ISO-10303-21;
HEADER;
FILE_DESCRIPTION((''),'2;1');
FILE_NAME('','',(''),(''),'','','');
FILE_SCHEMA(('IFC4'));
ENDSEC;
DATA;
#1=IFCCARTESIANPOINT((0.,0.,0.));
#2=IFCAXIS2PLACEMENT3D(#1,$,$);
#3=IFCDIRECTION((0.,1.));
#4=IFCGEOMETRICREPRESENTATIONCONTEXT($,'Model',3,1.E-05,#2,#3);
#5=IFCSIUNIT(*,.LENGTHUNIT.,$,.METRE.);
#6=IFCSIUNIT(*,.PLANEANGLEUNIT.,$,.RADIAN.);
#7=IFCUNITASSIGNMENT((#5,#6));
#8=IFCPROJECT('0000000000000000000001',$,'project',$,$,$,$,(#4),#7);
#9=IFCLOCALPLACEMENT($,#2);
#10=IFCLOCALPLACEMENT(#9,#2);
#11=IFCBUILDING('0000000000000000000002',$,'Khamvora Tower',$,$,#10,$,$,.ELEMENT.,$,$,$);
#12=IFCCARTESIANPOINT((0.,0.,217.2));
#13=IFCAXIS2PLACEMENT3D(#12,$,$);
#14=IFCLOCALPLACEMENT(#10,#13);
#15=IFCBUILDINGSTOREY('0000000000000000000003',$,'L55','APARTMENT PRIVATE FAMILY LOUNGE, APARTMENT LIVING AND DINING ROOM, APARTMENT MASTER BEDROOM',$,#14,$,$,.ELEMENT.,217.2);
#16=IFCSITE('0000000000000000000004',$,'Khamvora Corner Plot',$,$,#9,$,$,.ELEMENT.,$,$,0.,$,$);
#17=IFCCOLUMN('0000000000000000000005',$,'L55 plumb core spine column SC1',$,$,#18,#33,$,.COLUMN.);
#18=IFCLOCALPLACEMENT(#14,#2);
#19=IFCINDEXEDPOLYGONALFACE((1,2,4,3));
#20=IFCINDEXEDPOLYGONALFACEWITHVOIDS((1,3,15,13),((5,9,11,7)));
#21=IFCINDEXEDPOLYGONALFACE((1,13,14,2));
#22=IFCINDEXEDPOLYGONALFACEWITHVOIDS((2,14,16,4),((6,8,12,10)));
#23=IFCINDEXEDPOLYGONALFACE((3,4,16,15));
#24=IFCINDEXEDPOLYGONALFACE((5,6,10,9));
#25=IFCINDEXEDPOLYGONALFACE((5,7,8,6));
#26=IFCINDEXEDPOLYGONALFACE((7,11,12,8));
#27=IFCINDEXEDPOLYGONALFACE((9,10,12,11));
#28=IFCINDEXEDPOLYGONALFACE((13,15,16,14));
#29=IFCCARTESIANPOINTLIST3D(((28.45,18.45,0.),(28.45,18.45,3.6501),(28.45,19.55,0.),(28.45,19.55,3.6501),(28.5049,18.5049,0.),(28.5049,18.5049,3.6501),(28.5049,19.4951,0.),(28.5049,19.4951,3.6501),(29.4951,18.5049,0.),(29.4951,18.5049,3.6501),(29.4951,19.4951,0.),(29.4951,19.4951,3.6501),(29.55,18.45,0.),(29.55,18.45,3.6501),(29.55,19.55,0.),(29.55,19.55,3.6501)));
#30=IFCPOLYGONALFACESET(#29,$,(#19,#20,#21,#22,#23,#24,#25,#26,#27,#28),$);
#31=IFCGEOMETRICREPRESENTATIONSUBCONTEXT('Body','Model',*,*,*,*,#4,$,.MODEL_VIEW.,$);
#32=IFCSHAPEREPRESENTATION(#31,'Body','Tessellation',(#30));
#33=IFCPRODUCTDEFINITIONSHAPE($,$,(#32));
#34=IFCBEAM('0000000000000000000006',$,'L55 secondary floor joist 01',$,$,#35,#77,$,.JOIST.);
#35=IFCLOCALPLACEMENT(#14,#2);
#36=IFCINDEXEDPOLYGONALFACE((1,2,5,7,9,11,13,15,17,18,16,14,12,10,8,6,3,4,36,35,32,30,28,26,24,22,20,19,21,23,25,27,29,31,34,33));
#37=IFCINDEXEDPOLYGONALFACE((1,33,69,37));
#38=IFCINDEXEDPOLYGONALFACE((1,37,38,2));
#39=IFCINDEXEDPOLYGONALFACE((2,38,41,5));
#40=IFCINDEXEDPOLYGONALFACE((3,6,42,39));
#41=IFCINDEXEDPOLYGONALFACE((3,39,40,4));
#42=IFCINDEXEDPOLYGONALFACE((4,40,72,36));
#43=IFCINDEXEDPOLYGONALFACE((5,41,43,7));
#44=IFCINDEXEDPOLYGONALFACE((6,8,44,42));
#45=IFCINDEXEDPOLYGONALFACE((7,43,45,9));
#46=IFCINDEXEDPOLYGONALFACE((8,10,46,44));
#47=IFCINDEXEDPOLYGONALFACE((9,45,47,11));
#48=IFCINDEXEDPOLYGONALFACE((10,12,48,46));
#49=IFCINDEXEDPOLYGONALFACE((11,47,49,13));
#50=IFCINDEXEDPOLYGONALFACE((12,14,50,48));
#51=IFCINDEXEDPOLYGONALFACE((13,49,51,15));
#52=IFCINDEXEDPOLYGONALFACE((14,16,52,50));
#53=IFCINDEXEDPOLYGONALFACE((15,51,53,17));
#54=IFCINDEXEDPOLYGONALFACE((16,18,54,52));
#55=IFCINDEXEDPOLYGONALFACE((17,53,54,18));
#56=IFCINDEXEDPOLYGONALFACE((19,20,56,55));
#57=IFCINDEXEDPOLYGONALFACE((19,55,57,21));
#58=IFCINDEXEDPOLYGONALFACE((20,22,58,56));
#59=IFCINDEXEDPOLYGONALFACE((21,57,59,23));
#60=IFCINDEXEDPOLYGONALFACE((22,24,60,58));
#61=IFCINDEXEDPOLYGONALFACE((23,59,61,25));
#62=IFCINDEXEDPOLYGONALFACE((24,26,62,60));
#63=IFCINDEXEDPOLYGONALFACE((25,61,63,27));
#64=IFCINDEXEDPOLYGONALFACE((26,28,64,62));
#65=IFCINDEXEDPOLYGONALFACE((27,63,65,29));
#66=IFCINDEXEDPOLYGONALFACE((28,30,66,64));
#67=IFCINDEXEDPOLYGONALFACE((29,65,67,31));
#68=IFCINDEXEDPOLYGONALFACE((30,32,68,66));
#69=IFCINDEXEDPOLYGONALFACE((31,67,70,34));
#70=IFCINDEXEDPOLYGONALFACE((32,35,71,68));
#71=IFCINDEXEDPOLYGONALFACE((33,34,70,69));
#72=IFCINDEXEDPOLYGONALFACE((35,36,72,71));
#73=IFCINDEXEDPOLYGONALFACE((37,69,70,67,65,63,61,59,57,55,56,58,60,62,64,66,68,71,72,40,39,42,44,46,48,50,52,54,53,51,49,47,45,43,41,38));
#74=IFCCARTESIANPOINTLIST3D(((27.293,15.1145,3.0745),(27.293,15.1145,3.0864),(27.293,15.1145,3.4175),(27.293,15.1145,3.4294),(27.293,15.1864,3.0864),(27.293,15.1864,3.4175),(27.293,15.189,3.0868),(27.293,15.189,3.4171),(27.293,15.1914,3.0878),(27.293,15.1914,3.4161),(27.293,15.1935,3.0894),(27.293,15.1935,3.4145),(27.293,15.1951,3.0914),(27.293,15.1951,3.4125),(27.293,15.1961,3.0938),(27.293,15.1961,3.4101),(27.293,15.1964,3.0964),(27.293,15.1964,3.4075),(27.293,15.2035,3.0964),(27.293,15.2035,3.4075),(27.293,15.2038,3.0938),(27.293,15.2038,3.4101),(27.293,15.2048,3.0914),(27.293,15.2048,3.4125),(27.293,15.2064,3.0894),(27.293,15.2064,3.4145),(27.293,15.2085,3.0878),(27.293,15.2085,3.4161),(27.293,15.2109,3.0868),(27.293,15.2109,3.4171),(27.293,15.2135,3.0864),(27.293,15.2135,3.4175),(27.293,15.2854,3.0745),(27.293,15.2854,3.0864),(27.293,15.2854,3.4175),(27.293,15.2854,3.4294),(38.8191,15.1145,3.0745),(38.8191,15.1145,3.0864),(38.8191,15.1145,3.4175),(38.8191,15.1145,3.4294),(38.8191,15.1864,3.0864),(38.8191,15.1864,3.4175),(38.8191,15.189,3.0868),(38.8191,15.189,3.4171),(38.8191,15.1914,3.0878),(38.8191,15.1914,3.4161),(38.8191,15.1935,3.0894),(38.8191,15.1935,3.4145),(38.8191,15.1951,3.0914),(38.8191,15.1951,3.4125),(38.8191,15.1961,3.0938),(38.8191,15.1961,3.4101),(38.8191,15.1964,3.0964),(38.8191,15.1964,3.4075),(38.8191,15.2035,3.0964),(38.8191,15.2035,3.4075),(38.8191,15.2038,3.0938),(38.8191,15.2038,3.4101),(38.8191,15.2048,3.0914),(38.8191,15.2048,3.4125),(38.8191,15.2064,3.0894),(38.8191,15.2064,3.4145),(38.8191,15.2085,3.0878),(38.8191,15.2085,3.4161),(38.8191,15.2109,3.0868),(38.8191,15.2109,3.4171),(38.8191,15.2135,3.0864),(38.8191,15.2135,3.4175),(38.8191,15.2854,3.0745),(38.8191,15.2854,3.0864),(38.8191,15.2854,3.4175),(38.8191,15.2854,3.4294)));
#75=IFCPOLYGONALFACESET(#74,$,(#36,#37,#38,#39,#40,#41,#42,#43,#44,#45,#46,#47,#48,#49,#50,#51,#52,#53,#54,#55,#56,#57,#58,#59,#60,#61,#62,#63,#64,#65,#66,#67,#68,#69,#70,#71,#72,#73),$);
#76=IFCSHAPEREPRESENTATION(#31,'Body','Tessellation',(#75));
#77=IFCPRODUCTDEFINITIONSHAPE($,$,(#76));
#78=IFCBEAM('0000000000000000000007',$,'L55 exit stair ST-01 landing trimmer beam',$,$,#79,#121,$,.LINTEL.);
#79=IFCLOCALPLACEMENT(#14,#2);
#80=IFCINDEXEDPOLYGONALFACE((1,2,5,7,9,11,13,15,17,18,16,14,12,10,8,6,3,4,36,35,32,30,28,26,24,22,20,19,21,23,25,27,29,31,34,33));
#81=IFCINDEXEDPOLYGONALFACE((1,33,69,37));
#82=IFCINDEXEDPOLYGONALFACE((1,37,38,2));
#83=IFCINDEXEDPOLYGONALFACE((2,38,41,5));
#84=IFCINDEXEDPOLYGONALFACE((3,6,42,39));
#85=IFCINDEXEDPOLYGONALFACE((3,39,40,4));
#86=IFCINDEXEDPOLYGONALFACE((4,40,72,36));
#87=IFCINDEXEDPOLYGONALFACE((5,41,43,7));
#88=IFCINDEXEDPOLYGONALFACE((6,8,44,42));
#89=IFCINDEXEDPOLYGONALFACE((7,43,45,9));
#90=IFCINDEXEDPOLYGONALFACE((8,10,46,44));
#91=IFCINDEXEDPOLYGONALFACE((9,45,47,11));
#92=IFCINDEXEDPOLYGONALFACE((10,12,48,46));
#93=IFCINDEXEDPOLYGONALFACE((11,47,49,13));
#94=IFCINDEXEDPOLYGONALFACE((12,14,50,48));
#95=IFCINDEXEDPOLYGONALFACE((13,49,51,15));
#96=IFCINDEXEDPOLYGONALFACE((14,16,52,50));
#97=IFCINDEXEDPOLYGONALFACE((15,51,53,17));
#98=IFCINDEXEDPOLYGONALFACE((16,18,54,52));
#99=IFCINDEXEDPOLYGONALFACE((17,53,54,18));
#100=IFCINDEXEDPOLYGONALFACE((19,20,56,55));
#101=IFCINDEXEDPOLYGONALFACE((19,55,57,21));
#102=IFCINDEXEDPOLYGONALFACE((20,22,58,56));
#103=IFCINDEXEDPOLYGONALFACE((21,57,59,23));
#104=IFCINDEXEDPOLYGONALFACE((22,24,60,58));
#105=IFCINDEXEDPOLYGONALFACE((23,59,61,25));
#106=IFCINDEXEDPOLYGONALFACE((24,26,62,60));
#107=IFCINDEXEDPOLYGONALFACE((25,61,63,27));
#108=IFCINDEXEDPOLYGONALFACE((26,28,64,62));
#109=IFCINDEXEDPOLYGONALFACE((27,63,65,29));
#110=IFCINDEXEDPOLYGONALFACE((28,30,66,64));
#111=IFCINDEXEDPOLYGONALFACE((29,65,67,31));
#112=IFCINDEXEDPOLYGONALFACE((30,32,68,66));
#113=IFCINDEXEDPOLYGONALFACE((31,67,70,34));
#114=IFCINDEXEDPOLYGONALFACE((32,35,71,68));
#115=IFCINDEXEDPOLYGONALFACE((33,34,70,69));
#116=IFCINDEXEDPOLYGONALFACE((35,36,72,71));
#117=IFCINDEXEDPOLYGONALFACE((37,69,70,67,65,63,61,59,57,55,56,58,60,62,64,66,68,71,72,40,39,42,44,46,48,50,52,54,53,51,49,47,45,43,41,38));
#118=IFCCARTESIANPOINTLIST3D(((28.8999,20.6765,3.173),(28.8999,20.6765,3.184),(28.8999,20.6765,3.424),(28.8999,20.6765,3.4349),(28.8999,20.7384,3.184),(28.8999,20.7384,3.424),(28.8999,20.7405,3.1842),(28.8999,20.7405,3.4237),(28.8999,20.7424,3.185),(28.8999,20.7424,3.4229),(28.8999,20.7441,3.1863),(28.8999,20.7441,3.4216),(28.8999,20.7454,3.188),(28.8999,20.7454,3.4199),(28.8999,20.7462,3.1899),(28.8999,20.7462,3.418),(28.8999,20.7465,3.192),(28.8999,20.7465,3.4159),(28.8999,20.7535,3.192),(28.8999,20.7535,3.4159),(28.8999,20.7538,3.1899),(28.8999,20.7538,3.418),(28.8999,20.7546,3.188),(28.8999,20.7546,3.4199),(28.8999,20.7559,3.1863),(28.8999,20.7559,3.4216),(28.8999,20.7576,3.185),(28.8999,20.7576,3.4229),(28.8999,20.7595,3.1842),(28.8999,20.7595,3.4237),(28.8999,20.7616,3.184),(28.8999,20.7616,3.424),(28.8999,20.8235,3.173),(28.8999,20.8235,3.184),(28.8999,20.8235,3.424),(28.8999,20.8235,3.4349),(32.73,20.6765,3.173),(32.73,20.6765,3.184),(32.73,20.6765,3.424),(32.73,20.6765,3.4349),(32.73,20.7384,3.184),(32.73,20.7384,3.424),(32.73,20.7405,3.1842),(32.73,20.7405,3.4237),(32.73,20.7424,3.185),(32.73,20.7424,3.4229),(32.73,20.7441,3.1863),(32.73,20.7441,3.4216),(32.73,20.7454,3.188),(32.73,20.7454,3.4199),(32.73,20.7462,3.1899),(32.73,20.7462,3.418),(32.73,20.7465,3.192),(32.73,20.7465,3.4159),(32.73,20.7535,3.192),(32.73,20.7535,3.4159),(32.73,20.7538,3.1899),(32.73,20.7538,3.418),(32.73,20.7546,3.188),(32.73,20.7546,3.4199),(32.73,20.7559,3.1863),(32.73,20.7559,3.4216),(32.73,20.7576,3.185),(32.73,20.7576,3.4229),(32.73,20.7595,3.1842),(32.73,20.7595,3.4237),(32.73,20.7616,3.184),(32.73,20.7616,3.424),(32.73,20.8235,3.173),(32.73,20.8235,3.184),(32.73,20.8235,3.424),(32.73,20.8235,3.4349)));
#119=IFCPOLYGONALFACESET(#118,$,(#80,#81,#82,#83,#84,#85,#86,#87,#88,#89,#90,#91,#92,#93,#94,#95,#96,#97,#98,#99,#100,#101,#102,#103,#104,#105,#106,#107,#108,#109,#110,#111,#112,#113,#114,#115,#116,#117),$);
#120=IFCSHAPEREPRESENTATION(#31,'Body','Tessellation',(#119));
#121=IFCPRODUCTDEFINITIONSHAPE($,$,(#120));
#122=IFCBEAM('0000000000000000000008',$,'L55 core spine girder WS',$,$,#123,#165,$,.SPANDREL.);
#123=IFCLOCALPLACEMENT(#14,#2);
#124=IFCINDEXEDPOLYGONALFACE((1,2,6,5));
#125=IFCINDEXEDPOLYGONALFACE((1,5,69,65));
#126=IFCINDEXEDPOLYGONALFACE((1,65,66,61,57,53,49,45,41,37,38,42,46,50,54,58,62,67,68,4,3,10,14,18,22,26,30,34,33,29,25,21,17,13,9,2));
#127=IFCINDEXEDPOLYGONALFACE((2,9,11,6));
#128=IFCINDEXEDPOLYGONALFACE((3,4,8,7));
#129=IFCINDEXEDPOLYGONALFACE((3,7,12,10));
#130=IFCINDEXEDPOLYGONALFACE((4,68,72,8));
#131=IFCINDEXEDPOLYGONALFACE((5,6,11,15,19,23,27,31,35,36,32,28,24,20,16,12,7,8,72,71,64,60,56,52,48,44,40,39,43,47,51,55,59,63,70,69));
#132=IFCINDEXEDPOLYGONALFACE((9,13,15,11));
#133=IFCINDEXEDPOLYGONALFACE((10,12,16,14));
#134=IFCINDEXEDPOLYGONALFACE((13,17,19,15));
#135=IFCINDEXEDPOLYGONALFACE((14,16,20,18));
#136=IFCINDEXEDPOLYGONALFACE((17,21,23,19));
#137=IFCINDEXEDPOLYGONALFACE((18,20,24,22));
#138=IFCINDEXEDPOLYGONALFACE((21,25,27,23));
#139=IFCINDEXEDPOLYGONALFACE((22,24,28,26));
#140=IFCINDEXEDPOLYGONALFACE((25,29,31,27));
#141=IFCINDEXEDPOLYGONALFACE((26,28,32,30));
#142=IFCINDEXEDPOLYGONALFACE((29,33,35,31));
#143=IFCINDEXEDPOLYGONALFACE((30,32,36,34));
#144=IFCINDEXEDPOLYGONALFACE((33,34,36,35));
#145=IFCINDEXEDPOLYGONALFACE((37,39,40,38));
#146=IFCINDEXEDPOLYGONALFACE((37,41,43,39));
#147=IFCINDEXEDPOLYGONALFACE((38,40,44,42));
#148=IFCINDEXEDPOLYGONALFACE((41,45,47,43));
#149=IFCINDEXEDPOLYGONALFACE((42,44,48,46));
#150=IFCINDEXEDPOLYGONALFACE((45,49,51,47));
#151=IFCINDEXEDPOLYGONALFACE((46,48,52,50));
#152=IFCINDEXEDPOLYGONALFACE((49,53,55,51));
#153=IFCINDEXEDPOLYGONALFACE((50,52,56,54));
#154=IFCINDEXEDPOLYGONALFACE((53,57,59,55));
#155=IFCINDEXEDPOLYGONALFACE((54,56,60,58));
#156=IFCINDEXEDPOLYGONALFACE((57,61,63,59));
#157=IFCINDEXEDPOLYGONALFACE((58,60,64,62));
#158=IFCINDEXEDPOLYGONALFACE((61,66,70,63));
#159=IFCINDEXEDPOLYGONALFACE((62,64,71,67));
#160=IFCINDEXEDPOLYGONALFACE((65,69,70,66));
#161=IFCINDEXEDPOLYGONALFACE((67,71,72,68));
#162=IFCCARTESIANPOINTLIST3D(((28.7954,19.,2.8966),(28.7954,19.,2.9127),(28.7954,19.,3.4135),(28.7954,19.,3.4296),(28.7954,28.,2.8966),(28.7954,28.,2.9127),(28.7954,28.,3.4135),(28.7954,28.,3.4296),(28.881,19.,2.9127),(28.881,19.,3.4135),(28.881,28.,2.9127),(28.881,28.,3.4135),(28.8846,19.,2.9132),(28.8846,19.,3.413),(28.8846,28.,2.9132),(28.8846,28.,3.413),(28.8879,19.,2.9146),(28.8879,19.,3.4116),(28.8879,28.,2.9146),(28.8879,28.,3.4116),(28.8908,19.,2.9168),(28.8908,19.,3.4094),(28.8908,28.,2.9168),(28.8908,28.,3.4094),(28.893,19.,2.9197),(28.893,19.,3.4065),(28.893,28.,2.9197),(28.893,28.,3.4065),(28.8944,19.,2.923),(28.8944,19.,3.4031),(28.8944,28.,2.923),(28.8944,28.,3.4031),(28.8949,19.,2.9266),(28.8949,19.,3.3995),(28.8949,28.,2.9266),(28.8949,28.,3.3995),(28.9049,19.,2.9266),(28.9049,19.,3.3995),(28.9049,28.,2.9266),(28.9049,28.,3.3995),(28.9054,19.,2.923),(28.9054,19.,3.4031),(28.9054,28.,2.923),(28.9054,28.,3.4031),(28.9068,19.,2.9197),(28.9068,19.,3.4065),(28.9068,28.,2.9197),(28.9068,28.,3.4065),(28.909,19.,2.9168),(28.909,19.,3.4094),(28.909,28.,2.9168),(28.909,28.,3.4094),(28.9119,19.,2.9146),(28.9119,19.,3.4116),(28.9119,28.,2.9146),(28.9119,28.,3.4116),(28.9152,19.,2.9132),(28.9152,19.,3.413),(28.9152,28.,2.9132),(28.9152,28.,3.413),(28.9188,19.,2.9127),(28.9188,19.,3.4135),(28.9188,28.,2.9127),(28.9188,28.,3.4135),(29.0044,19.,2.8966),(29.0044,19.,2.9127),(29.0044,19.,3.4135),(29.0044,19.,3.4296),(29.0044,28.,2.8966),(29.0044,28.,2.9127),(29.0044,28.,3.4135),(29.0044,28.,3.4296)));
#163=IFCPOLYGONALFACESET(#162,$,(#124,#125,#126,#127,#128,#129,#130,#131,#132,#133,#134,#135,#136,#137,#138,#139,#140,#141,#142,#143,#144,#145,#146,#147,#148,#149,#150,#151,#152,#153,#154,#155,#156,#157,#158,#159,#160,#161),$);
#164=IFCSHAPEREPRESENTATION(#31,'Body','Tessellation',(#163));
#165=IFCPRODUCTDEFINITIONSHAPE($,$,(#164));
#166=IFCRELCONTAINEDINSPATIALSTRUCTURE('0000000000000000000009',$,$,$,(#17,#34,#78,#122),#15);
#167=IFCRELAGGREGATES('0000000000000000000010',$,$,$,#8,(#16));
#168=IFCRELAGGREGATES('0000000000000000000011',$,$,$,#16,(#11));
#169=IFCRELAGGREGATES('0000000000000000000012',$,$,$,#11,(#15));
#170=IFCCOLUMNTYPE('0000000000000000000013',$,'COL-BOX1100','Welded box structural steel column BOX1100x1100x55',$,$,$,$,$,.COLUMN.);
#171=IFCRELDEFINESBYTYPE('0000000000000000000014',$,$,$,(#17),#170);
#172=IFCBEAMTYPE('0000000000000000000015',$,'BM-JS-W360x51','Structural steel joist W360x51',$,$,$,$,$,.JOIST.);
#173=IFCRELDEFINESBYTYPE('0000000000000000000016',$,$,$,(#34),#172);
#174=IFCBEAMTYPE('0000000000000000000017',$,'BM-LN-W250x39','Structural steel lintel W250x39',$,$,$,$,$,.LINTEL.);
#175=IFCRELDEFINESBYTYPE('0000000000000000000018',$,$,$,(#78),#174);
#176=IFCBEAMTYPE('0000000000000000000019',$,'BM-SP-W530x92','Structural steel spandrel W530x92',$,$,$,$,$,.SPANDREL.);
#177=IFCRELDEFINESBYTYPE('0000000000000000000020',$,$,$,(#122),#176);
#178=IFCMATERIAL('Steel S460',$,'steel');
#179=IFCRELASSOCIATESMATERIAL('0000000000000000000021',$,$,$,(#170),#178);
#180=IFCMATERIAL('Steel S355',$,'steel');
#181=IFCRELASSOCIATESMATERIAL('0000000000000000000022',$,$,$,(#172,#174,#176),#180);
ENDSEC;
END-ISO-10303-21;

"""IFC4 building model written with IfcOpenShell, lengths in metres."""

from ifc_helpers import new_model, si_unit, direction, frame, origin, origin_2d, place, context, subcontext, project, spatial, hollow_rectangle, i_section, extrude, material, material_profile, profile_set, type_object, element, save


model = new_model("IFC4")

# Units and contexts
model_context = context("Model", 3, precision=1e-05, world=origin(), true_north=direction((0.0, 1.0)))
body_context = subcontext(model_context, "Body", "Model", "MODEL_VIEW")
ifc_project = project(units=[si_unit("LENGTHUNIT", "METRE"), si_unit("PLANEANGLEUNIT", "RADIAN")], contexts=[model_context])

# Site, building, storey
site_placement = place(None, origin())
site = spatial("IfcSite", under=ifc_project, at=site_placement, Name="Khamvora Corner Plot", CompositionType="ELEMENT", RefElevation=0.0)
building_placement = place(site_placement, origin())
building = spatial("IfcBuilding", under=site, at=building_placement, Name="Khamvora Tower", CompositionType="ELEMENT")
storey_placement = place(building_placement, frame((0.0, 0.0, 217.2)))
storey = spatial("IfcBuildingStorey", under=building, at=storey_placement, Name="L55", Description="APARTMENT PRIVATE FAMILY LOUNGE, APARTMENT LIVING AND DINING ROOM, APARTMENT MASTER BEDROOM", CompositionType="ELEMENT", Elevation=217.2)

# Column
ifc_material_1 = material(Name="Steel S460", Category="steel")
ifc_material_profile_1 = material_profile(ifc_material_1, hollow_rectangle(XDim=1.1001, YDim=1.1001, WallThickness=0.0549, at=origin_2d()), Name="BOX1100x1100x55")
ifc_profile_set_1 = profile_set([ifc_material_profile_1], Name="Steel S460")
column_type = type_object("IfcColumnType", Name="COL-BOX1100", Description="Welded box structural steel column BOX1100x1100x55", PredefinedType="COLUMN", material=ifc_profile_set_1)
column_placement = place(storey_placement, frame((29.0, 19.0, 0.0), z_axis=(0.0, 0.0, 1.0), x_axis=(1.0, 0.0, 0.0)))
element("IfcColumn", 1, at=column_placement, inside=storey, type_object=column_type, Name="L55 plumb core spine column SC1", PredefinedType="COLUMN", context=body_context, shape_type="SweptSolid", body=[
    extrude(hollow_rectangle(XDim=1.1001, YDim=1.1001, WallThickness=0.0549, at=origin_2d()), origin(), (0.0, 0.0, 1.0), 3.6501),
])

# Beams
ifc_material_2 = material(Name="Steel S355", Category="steel")
ifc_material_profile_2 = material_profile(ifc_material_2, i_section(OverallWidth=0.1709, OverallDepth=0.355, WebThickness=0.0071, FlangeThickness=0.012, FilletRadius=0.01, at=origin_2d()), Name="W360x51")
ifc_profile_set_2 = profile_set([ifc_material_profile_2], Name="Steel S355")
beam_type_1 = type_object("IfcBeamType", Name="BM-JS-W360x51", Description="Structural steel joist W360x51", PredefinedType="JOIST", material=ifc_profile_set_2)
beam_1_placement = place(storey_placement, frame((27.293, 15.2, 3.252), z_axis=(1.0, 0.0, 0.0), x_axis=(0.0, 1.0, 0.0)))
element("IfcBeam", 2, at=beam_1_placement, inside=storey, type_object=beam_type_1, Name="L55 secondary floor joist 01", PredefinedType="JOIST", context=body_context, shape_type="SweptSolid", body=[
    extrude(i_section(OverallWidth=0.1709, OverallDepth=0.355, WebThickness=0.0071, FlangeThickness=0.012, FilletRadius=0.01, at=origin_2d()), origin(), (0.0, 0.0, 1.0), 11.5261),
])
ifc_material_profile_3 = material_profile(ifc_material_2, i_section(OverallWidth=0.147, OverallDepth=0.262, WebThickness=0.0071, FlangeThickness=0.011, FilletRadius=0.0081, at=origin_2d()), Name="W250x39")
ifc_profile_set_3 = profile_set([ifc_material_profile_3], Name="Steel S355")
beam_type_2 = type_object("IfcBeamType", Name="BM-LN-W250x39", Description="Structural steel lintel W250x39", PredefinedType="LINTEL", material=ifc_profile_set_3)
beam_2_placement = place(storey_placement, frame((28.8999, 20.75, 3.304), z_axis=(1.0, 0.0, 0.0), x_axis=(0.0, 1.0, 0.0)))
element("IfcBeam", 3, at=beam_2_placement, inside=storey, type_object=beam_type_2, Name="L55 exit stair ST-01 landing trimmer beam", PredefinedType="LINTEL", context=body_context, shape_type="SweptSolid", body=[
    extrude(i_section(OverallWidth=0.147, OverallDepth=0.262, WebThickness=0.0071, FlangeThickness=0.011, FilletRadius=0.0081, at=origin_2d()), origin(), (0.0, 0.0, 1.0), 3.8301),
])
ifc_material_profile_4 = material_profile(ifc_material_2, i_section(OverallWidth=0.209, OverallDepth=0.533, WebThickness=0.01, FlangeThickness=0.0161, FilletRadius=0.0139, at=origin_2d()), Name="W530x92")
ifc_profile_set_4 = profile_set([ifc_material_profile_4], Name="Steel S355")
beam_type_3 = type_object("IfcBeamType", Name="BM-SP-W530x92", Description="Structural steel spandrel W530x92", PredefinedType="SPANDREL", material=ifc_profile_set_4)
for number, where, z_axis, x_axis, name in (
    (4, (28.8999, 19.0, 3.1631), (0.0, 1.0, 0.0), (-1.0, 0.0, 0.0), "L55 core spine girder WS"),
):
    element("IfcBeam", number, at=place(storey_placement, frame(where, z_axis=z_axis, x_axis=x_axis)), inside=storey, type_object=beam_type_3, Name=name, PredefinedType="SPANDREL", context=body_context, shape_type="SweptSolid", body=[
        extrude(i_section(OverallWidth=0.209, OverallDepth=0.533, WebThickness=0.01, FlangeThickness=0.0161, FilletRadius=0.0139, at=origin_2d()), origin(), (0.0, 0.0, 1.0), 9.0),
    ])

save(model, "model.ifc")
